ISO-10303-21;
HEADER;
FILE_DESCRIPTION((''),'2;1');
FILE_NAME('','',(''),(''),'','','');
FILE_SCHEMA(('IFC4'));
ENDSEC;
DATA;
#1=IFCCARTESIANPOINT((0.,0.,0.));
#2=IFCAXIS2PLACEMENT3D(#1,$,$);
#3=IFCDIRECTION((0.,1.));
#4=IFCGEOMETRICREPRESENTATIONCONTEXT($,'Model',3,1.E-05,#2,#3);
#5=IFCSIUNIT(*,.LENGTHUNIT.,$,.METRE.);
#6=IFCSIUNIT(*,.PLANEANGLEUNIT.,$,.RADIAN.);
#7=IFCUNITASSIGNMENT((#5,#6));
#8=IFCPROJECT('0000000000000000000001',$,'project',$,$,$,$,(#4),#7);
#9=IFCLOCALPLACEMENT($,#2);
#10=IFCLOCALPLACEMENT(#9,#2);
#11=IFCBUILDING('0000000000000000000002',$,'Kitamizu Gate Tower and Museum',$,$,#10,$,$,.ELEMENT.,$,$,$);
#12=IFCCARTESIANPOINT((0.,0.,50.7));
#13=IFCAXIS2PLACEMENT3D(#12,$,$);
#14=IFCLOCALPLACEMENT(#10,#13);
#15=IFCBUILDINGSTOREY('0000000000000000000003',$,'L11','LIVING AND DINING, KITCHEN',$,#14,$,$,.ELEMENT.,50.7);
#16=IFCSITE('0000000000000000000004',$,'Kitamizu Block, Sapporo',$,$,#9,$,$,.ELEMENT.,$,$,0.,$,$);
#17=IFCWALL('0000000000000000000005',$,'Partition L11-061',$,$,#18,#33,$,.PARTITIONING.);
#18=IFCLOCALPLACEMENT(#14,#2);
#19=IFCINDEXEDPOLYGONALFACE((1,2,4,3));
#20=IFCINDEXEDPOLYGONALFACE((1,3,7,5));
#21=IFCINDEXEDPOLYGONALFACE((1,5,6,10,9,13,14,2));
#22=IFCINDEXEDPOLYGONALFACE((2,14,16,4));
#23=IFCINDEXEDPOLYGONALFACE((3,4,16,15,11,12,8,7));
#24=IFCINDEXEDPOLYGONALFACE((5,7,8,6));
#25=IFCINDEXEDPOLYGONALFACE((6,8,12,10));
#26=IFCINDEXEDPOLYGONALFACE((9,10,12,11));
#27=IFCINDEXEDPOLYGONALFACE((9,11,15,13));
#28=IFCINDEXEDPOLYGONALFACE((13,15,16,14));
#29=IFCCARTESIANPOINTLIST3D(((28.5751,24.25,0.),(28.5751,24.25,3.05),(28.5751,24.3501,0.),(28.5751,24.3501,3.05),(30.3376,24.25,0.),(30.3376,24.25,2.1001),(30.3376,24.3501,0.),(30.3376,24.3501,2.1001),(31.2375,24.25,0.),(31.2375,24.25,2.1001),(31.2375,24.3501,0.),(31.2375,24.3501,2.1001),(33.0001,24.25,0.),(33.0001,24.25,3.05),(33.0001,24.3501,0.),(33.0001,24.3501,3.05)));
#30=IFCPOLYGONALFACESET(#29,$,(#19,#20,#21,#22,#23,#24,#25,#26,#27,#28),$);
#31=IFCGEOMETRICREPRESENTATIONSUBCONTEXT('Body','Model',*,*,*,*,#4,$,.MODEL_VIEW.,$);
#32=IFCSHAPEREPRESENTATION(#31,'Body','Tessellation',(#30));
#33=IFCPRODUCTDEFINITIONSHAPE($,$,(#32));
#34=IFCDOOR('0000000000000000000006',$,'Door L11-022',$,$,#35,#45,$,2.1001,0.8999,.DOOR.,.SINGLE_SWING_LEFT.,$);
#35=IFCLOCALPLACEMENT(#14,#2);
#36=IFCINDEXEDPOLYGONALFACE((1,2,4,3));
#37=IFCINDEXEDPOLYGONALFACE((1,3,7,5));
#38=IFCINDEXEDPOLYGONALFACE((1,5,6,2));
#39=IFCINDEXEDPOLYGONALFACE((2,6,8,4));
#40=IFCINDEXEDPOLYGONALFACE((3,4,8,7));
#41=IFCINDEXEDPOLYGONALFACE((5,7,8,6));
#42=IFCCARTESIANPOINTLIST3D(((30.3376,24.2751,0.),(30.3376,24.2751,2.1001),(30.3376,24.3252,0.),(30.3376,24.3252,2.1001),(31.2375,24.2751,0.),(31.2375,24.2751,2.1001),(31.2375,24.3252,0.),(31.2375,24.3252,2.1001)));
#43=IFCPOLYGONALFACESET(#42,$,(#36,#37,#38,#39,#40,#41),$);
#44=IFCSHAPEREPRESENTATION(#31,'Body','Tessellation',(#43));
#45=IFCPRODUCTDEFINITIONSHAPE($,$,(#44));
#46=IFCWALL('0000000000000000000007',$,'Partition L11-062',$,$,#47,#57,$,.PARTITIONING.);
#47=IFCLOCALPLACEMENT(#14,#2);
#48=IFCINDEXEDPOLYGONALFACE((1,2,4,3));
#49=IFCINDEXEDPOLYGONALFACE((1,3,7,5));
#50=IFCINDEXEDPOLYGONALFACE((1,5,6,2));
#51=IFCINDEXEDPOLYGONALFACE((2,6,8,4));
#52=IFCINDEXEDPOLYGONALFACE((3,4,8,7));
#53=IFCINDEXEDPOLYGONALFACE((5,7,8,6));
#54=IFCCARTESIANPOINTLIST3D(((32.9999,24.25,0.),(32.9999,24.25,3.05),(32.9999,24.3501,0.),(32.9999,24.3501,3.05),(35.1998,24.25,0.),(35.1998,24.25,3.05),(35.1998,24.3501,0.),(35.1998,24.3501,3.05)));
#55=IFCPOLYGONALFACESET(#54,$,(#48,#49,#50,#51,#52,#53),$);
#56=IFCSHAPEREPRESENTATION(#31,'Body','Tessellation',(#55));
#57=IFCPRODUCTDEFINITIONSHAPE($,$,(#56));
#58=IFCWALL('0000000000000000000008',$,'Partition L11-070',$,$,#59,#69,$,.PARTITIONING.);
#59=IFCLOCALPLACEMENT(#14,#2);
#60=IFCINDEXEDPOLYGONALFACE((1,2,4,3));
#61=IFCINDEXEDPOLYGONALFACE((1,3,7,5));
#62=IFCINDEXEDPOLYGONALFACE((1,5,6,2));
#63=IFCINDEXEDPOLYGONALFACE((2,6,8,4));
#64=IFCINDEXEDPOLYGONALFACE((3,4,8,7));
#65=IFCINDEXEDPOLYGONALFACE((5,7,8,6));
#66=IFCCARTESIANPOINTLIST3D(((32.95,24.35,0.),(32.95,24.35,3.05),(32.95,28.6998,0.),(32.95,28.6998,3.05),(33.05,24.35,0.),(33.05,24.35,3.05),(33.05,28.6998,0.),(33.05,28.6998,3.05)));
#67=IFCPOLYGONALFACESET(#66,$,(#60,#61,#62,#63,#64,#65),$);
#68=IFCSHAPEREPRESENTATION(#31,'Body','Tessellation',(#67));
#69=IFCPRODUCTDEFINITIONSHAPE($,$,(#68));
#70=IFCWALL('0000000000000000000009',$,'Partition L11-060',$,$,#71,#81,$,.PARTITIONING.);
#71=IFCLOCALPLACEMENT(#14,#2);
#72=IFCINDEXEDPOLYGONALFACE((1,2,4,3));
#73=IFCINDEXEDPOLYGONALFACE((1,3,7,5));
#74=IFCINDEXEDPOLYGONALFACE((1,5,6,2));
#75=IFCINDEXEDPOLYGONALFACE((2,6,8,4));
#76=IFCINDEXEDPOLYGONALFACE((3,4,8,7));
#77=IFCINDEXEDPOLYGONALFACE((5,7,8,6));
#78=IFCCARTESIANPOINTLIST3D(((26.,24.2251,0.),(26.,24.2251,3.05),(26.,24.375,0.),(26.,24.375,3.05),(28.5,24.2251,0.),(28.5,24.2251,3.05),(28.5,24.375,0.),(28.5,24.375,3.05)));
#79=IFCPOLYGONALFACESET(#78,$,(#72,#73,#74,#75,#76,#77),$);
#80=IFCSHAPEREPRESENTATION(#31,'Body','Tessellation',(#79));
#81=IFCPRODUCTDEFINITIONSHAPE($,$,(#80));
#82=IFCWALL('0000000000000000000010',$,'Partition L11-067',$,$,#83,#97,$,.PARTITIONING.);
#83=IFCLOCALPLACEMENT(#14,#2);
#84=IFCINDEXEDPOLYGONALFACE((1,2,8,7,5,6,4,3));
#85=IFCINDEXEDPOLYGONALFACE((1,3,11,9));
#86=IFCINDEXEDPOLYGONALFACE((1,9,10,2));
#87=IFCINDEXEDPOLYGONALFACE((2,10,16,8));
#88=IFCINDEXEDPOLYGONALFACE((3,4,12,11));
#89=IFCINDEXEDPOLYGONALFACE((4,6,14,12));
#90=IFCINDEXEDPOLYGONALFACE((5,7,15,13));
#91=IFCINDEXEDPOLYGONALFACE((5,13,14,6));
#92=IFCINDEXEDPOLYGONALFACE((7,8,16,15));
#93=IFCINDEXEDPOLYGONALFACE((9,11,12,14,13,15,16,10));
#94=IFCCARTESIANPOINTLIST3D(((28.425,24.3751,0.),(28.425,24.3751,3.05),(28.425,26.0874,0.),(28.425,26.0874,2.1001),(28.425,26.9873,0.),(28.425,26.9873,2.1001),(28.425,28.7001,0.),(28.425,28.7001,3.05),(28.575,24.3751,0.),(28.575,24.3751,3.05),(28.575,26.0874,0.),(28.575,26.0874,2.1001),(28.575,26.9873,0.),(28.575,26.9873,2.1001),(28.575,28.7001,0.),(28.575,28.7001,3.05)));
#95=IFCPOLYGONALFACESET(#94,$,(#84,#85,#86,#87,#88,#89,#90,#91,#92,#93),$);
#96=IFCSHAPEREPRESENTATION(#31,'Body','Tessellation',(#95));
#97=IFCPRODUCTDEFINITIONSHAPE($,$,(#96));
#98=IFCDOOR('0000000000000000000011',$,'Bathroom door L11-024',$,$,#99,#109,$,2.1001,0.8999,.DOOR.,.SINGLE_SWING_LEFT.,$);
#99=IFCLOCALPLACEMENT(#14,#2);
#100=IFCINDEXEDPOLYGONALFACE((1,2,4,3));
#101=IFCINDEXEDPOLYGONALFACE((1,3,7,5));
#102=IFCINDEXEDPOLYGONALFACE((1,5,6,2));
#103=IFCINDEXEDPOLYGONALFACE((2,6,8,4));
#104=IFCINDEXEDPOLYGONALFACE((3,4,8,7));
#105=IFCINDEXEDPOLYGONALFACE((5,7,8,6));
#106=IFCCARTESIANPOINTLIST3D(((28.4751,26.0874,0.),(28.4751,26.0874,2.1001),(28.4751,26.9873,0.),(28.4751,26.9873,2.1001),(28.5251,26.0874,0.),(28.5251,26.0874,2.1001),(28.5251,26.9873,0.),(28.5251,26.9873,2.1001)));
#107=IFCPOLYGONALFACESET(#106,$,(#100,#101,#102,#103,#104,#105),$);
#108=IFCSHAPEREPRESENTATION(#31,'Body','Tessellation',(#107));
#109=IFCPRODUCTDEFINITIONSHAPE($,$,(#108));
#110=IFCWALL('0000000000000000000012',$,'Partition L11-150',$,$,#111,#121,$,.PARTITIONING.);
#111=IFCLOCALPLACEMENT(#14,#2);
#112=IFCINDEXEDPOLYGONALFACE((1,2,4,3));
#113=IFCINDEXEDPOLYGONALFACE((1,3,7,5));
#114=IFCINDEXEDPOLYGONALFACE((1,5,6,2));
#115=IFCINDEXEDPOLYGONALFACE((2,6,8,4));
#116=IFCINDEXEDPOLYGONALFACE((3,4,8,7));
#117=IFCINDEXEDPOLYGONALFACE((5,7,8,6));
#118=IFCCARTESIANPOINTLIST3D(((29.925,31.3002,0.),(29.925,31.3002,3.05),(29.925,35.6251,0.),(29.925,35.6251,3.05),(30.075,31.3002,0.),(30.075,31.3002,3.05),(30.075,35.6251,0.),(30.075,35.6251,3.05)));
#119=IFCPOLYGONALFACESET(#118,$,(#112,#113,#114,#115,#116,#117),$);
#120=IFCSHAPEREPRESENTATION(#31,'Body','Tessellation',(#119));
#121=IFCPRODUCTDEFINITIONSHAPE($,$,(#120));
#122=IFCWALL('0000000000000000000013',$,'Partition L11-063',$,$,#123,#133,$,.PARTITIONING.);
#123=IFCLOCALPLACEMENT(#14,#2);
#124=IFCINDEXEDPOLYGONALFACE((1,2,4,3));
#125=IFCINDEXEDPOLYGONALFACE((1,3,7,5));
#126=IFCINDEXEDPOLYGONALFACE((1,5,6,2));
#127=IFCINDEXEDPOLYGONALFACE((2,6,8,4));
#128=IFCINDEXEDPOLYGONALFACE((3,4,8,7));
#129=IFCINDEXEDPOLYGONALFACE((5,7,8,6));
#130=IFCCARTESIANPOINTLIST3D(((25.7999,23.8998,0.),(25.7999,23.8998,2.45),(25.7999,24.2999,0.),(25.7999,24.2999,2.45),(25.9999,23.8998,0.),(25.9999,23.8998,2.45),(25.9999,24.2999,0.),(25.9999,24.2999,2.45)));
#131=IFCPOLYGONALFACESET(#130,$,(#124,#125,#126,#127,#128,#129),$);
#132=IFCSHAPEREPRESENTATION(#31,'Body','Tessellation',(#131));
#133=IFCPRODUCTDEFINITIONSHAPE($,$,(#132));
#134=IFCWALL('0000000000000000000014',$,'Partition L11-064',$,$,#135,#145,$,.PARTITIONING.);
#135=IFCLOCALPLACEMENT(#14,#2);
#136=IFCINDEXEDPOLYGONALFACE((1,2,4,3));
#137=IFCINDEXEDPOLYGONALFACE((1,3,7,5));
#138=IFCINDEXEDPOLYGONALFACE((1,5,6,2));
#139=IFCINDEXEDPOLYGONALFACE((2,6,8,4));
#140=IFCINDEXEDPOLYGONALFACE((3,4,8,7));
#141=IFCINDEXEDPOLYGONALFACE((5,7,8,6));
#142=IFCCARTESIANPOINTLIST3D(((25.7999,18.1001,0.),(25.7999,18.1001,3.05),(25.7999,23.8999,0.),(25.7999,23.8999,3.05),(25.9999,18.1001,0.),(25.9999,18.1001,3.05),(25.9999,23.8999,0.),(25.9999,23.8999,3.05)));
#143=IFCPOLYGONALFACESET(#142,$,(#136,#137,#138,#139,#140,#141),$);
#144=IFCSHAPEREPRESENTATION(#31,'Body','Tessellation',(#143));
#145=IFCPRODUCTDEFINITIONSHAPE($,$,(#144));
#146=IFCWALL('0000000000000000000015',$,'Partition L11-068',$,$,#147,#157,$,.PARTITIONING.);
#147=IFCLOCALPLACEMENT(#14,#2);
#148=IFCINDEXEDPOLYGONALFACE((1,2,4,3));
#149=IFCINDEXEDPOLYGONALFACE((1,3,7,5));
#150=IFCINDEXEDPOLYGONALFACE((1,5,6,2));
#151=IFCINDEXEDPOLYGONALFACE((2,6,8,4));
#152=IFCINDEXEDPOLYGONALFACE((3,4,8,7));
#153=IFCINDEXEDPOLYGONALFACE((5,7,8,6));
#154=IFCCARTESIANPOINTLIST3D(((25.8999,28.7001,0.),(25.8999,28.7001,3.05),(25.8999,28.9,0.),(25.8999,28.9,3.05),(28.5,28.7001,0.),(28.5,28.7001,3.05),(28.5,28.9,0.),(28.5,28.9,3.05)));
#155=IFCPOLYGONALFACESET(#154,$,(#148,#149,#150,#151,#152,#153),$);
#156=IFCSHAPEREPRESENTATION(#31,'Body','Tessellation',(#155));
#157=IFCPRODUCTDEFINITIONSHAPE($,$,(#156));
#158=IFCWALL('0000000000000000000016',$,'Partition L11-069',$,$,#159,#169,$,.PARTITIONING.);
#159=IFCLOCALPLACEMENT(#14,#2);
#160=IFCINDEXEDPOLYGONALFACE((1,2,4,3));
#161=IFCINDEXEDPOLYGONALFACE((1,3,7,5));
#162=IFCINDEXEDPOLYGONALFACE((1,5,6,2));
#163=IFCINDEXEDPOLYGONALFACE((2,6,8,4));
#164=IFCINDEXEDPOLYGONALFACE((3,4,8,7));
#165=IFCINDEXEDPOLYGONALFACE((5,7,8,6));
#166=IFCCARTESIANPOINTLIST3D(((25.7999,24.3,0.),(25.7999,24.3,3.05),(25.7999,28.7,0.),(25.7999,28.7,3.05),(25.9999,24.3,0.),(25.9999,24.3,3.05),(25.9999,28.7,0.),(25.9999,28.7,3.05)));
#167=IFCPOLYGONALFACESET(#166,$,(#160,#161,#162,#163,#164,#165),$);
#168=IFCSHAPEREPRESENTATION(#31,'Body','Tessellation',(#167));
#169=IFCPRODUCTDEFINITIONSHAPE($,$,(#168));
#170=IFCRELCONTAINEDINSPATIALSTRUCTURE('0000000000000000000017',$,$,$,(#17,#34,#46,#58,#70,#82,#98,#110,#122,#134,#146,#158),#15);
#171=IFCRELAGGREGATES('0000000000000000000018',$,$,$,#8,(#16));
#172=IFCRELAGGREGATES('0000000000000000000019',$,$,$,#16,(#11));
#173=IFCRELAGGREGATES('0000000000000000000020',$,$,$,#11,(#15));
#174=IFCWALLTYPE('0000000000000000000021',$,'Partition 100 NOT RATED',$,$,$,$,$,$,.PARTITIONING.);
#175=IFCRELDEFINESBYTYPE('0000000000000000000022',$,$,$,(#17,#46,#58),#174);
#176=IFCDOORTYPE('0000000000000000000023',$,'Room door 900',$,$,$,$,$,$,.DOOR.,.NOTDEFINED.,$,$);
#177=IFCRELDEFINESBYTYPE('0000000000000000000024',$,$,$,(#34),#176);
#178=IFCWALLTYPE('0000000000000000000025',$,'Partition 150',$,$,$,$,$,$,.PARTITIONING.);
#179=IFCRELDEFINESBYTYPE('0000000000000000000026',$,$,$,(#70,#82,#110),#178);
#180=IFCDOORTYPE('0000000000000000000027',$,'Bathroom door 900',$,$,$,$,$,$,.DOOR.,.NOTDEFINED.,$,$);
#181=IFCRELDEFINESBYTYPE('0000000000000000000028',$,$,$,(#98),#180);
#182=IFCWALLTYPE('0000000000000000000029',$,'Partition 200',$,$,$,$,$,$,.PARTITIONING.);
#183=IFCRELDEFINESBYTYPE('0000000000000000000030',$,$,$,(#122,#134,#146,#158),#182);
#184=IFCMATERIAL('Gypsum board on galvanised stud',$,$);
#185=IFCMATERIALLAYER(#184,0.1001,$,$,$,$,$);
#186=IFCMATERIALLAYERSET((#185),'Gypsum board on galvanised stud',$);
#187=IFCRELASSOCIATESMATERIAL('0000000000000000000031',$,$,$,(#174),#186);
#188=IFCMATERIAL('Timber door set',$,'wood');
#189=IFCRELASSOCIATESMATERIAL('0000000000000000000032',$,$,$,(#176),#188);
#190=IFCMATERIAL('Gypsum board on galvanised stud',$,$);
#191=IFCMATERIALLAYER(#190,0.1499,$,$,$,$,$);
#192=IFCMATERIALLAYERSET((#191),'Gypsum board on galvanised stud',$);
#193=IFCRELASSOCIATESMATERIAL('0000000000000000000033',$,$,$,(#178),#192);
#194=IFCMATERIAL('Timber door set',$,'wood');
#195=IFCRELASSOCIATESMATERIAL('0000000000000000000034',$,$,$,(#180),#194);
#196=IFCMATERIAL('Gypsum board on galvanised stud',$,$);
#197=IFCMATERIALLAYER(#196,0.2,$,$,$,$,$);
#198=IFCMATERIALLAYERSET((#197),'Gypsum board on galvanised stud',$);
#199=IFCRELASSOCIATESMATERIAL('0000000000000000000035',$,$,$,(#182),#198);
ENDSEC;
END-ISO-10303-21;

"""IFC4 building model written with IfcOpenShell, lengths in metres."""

from ifc_helpers import new_model, si_unit, direction, frame, frame_2d, origin, place, context, subcontext, project, spatial, rectangle, extrude, material, layer, layer_set, type_object, element, fill, save


model = new_model("IFC4")

# Units and contexts
model_context = context("Model", 3, precision=1e-05, world=origin(), true_north=direction((0.0, 1.0)))
body_context = subcontext(model_context, "Body", "Model", "MODEL_VIEW")
ifc_project = project(units=[si_unit("LENGTHUNIT", "METRE"), si_unit("PLANEANGLEUNIT", "RADIAN")], contexts=[model_context])

# Site, building, storey
site_placement = place(None, origin())
site = spatial("IfcSite", under=ifc_project, at=site_placement, Name="Kitamizu Block, Sapporo", CompositionType="ELEMENT", RefElevation=0.0)
building_placement = place(site_placement, origin())
building = spatial("IfcBuilding", under=site, at=building_placement, Name="Kitamizu Gate Tower and Museum", CompositionType="ELEMENT")
storey_placement = place(building_placement, frame((0.0, 0.0, 50.7)))
storey = spatial("IfcBuildingStorey", under=building, at=storey_placement, Name="L11", Description="LIVING AND DINING, KITCHEN", CompositionType="ELEMENT", Elevation=50.7)

# Wall, opening, door
ifc_material_1 = material(Name="Gypsum board on galvanised stud")
ifc_layer_1 = layer(ifc_material_1, 0.1001)
ifc_layer_set_1 = layer_set([ifc_layer_1], Name="Gypsum board on galvanised stud")
wall_type_1 = type_object("IfcWallType", Name="Partition 100 NOT RATED", PredefinedType="PARTITIONING", material=ifc_layer_set_1)
wall_1_placement = place(storey_placement, frame((33.0, 24.3, 0.0), z_axis=(0.0, 0.0, 1.0), x_axis=(-1.0, 0.0, 0.0)))
wall_1 = element("IfcWall", 1, at=wall_1_placement, inside=storey, type_object=wall_type_1, Name="Partition L11-061", PredefinedType="PARTITIONING", context=body_context, shape_type="SweptSolid", body=[
    extrude(rectangle(XDim=4.425, YDim=0.1001, at=frame_2d((2.2124, 0.0))), origin(), (0.0, 0.0, 1.0), 3.05),
])
opening_1_placement = place(wall_1_placement, frame((1.7625, 0.0, 0.0)))
opening_1 = element("IfcOpeningElement", 2, at=opening_1_placement, cuts=wall_1, PredefinedType="OPENING", context=body_context, shape_type="SweptSolid", body=[
    extrude(rectangle(XDim=0.8999, YDim=2.1001, at=frame_2d((0.45, 1.05))), frame((0.0, 0.0601, 0.0), z_axis=(0.0, -1.0, 0.0), x_axis=(1.0, 0.0, 0.0)), (0.0, 0.0, 1.0), 0.1201),
])
ifc_material_2 = material(Name="Timber door set", Category="wood")
door_type_1 = type_object("IfcDoorType", Name="Room door 900", OperationType="NOTDEFINED", PredefinedType="DOOR", material=ifc_material_2)
door_1_placement = place(opening_1_placement, origin())
door_1 = element("IfcDoor", 3, at=door_1_placement, inside=storey, type_object=door_type_1, Name="Door L11-022", OperationType="SINGLE_SWING_LEFT", OverallHeight=2.1001, OverallWidth=0.8999, PredefinedType="DOOR", context=body_context, shape_type="SweptSolid", body=[
    extrude(rectangle(XDim=0.8999, YDim=2.1001, at=frame_2d((0.45, 1.05))), frame((0.0, 0.0249, 0.0), z_axis=(0.0, -1.0, 0.0), x_axis=(1.0, 0.0, 0.0)), (0.0, 0.0, 1.0), 0.05),
])
fill(opening_1, door_1)

# Walls
wall_2_placement = place(storey_placement, frame((35.2, 24.3, 0.0), z_axis=(0.0, 0.0, 1.0), x_axis=(-1.0, 0.0, 0.0)))
element("IfcWall", 4, at=wall_2_placement, inside=storey, type_object=wall_type_1, Name="Partition L11-062", PredefinedType="PARTITIONING", context=body_context, shape_type="SweptSolid", body=[
    extrude(rectangle(XDim=2.2, YDim=0.1001, at=frame_2d((1.1001, 0.0))), origin(), (0.0, 0.0, 1.0), 3.05),
])
wall_3_placement = place(storey_placement, frame((33.0, 24.3501, 0.0), z_axis=(0.0, 0.0, 1.0), x_axis=(0.0, 1.0, 0.0)))
element("IfcWall", 5, at=wall_3_placement, inside=storey, type_object=wall_type_1, Name="Partition L11-070", PredefinedType="PARTITIONING", context=body_context, shape_type="SweptSolid", body=[
    extrude(rectangle(XDim=4.3499, YDim=0.1001, at=frame_2d((2.1748, 0.0))), origin(), (0.0, 0.0, 1.0), 3.05),
])
ifc_material_3 = material(Name="Gypsum board on galvanised stud")
ifc_layer_2 = layer(ifc_material_3, 0.1499)
ifc_layer_set_2 = layer_set([ifc_layer_2], Name="Gypsum board on galvanised stud")
wall_type_2 = type_object("IfcWallType", Name="Partition 150", PredefinedType="PARTITIONING", material=ifc_layer_set_2)
wall_4_placement = place(storey_placement, frame((28.5, 24.3, 0.0), z_axis=(0.0, 0.0, 1.0), x_axis=(-1.0, 0.0, 0.0)))
element("IfcWall", 6, at=wall_4_placement, inside=storey, type_object=wall_type_2, Name="Partition L11-060", PredefinedType="PARTITIONING", context=body_context, shape_type="SweptSolid", body=[
    extrude(rectangle(XDim=2.5, YDim=0.1499, at=frame_2d((1.25, 0.0))), origin(), (0.0, 0.0, 1.0), 3.05),
])

# Wall, opening, door
wall_5_placement = place(storey_placement, frame((28.5, 24.375, 0.0), z_axis=(0.0, 0.0, 1.0), x_axis=(0.0, 1.0, 0.0)))
wall_5 = element("IfcWall", 7, at=wall_5_placement, inside=storey, type_object=wall_type_2, Name="Partition L11-067", PredefinedType="PARTITIONING", context=body_context, shape_type="SweptSolid", body=[
    extrude(rectangle(XDim=4.325, YDim=0.1499, at=frame_2d((2.1626, 0.0))), origin(), (0.0, 0.0, 1.0), 3.05),
])
opening_2_placement = place(wall_5_placement, frame((1.7124, 0.0, 0.0)))
opening_2 = element("IfcOpeningElement", 8, at=opening_2_placement, cuts=wall_5, PredefinedType="OPENING", context=body_context, shape_type="SweptSolid", body=[
    extrude(rectangle(XDim=0.8999, YDim=2.1001, at=frame_2d((0.45, 1.05))), frame((0.0, 0.085, 0.0), z_axis=(0.0, -1.0, 0.0), x_axis=(1.0, 0.0, 0.0)), (0.0, 0.0, 1.0), 0.1699),
])
ifc_material_4 = material(Name="Timber door set", Category="wood")
door_type_2 = type_object("IfcDoorType", Name="Bathroom door 900", OperationType="NOTDEFINED", PredefinedType="DOOR", material=ifc_material_4)
door_2_placement = place(opening_2_placement, origin())
door_2 = element("IfcDoor", 9, at=door_2_placement, inside=storey, type_object=door_type_2, Name="Bathroom door L11-024", OperationType="SINGLE_SWING_LEFT", OverallHeight=2.1001, OverallWidth=0.8999, PredefinedType="DOOR", context=body_context, shape_type="SweptSolid", body=[
    extrude(rectangle(XDim=0.8999, YDim=2.1001, at=frame_2d((0.45, 1.05))), frame((0.0, 0.0249, 0.0), z_axis=(0.0, -1.0, 0.0), x_axis=(1.0, 0.0, 0.0)), (0.0, 0.0, 1.0), 0.05),
])
fill(opening_2, door_2)

# Walls
wall_6_placement = place(storey_placement, frame((30.0, 31.3, 0.0), z_axis=(0.0, 0.0, 1.0), x_axis=(0.0, 1.0, 0.0)))
element("IfcWall", 10, at=wall_6_placement, inside=storey, type_object=wall_type_2, Name="Partition L11-150", PredefinedType="PARTITIONING", context=body_context, shape_type="SweptSolid", body=[
    extrude(rectangle(XDim=4.325, YDim=0.1499, at=frame_2d((2.1626, 0.0))), origin(), (0.0, 0.0, 1.0), 3.05),
])
ifc_material_5 = material(Name="Gypsum board on galvanised stud")
ifc_layer_3 = layer(ifc_material_5, 0.2)
ifc_layer_set_3 = layer_set([ifc_layer_3], Name="Gypsum board on galvanised stud")
wall_type_3 = type_object("IfcWallType", Name="Partition 200", PredefinedType="PARTITIONING", material=ifc_layer_set_3)
wall_7_placement = place(storey_placement, frame((25.8999, 24.3, 0.0), z_axis=(0.0, 0.0, 1.0), x_axis=(0.0, -1.0, 0.0)))
element("IfcWall", 11, at=wall_7_placement, inside=storey, type_object=wall_type_3, Name="Partition L11-063", PredefinedType="PARTITIONING", context=body_context, shape_type="SweptSolid", body=[
    extrude(rectangle(XDim=0.4001, YDim=0.2, at=frame_2d((0.2002, 0.0))), origin(), (0.0, 0.0, 1.0), 2.45),
])
wall_8_placement = place(storey_placement, frame((25.8999, 23.8999, 0.0), z_axis=(0.0, 0.0, 1.0), x_axis=(0.0, -1.0, 0.0)))
element("IfcWall", 12, at=wall_8_placement, inside=storey, type_object=wall_type_3, Name="Partition L11-064", PredefinedType="PARTITIONING", context=body_context, shape_type="SweptSolid", body=[
    extrude(rectangle(XDim=5.7998, YDim=0.2, at=frame_2d((2.8999, 0.0))), origin(), (0.0, 0.0, 1.0), 3.05),
])
wall_9_placement = place(storey_placement, frame((28.5, 28.8, 0.0), z_axis=(0.0, 0.0, 1.0), x_axis=(-1.0, 0.0, 0.0)))
element("IfcWall", 13, at=wall_9_placement, inside=storey, type_object=wall_type_3, Name="Partition L11-068", PredefinedType="PARTITIONING", context=body_context, shape_type="SweptSolid", body=[
    extrude(rectangle(XDim=2.6001, YDim=0.2, at=frame_2d((1.3, 0.0))), origin(), (0.0, 0.0, 1.0), 3.05),
])
wall_10_placement = place(storey_placement, frame((25.8999, 28.7, 0.0), z_axis=(0.0, 0.0, 1.0), x_axis=(0.0, -1.0, 0.0)))
element("IfcWall", 14, at=wall_10_placement, inside=storey, type_object=wall_type_3, Name="Partition L11-069", PredefinedType="PARTITIONING", context=body_context, shape_type="SweptSolid", body=[
    extrude(rectangle(XDim=4.3999, YDim=0.2, at=frame_2d((2.2, 0.0))), origin(), (0.0, 0.0, 1.0), 3.05),
])

save(model, "model.ifc")
